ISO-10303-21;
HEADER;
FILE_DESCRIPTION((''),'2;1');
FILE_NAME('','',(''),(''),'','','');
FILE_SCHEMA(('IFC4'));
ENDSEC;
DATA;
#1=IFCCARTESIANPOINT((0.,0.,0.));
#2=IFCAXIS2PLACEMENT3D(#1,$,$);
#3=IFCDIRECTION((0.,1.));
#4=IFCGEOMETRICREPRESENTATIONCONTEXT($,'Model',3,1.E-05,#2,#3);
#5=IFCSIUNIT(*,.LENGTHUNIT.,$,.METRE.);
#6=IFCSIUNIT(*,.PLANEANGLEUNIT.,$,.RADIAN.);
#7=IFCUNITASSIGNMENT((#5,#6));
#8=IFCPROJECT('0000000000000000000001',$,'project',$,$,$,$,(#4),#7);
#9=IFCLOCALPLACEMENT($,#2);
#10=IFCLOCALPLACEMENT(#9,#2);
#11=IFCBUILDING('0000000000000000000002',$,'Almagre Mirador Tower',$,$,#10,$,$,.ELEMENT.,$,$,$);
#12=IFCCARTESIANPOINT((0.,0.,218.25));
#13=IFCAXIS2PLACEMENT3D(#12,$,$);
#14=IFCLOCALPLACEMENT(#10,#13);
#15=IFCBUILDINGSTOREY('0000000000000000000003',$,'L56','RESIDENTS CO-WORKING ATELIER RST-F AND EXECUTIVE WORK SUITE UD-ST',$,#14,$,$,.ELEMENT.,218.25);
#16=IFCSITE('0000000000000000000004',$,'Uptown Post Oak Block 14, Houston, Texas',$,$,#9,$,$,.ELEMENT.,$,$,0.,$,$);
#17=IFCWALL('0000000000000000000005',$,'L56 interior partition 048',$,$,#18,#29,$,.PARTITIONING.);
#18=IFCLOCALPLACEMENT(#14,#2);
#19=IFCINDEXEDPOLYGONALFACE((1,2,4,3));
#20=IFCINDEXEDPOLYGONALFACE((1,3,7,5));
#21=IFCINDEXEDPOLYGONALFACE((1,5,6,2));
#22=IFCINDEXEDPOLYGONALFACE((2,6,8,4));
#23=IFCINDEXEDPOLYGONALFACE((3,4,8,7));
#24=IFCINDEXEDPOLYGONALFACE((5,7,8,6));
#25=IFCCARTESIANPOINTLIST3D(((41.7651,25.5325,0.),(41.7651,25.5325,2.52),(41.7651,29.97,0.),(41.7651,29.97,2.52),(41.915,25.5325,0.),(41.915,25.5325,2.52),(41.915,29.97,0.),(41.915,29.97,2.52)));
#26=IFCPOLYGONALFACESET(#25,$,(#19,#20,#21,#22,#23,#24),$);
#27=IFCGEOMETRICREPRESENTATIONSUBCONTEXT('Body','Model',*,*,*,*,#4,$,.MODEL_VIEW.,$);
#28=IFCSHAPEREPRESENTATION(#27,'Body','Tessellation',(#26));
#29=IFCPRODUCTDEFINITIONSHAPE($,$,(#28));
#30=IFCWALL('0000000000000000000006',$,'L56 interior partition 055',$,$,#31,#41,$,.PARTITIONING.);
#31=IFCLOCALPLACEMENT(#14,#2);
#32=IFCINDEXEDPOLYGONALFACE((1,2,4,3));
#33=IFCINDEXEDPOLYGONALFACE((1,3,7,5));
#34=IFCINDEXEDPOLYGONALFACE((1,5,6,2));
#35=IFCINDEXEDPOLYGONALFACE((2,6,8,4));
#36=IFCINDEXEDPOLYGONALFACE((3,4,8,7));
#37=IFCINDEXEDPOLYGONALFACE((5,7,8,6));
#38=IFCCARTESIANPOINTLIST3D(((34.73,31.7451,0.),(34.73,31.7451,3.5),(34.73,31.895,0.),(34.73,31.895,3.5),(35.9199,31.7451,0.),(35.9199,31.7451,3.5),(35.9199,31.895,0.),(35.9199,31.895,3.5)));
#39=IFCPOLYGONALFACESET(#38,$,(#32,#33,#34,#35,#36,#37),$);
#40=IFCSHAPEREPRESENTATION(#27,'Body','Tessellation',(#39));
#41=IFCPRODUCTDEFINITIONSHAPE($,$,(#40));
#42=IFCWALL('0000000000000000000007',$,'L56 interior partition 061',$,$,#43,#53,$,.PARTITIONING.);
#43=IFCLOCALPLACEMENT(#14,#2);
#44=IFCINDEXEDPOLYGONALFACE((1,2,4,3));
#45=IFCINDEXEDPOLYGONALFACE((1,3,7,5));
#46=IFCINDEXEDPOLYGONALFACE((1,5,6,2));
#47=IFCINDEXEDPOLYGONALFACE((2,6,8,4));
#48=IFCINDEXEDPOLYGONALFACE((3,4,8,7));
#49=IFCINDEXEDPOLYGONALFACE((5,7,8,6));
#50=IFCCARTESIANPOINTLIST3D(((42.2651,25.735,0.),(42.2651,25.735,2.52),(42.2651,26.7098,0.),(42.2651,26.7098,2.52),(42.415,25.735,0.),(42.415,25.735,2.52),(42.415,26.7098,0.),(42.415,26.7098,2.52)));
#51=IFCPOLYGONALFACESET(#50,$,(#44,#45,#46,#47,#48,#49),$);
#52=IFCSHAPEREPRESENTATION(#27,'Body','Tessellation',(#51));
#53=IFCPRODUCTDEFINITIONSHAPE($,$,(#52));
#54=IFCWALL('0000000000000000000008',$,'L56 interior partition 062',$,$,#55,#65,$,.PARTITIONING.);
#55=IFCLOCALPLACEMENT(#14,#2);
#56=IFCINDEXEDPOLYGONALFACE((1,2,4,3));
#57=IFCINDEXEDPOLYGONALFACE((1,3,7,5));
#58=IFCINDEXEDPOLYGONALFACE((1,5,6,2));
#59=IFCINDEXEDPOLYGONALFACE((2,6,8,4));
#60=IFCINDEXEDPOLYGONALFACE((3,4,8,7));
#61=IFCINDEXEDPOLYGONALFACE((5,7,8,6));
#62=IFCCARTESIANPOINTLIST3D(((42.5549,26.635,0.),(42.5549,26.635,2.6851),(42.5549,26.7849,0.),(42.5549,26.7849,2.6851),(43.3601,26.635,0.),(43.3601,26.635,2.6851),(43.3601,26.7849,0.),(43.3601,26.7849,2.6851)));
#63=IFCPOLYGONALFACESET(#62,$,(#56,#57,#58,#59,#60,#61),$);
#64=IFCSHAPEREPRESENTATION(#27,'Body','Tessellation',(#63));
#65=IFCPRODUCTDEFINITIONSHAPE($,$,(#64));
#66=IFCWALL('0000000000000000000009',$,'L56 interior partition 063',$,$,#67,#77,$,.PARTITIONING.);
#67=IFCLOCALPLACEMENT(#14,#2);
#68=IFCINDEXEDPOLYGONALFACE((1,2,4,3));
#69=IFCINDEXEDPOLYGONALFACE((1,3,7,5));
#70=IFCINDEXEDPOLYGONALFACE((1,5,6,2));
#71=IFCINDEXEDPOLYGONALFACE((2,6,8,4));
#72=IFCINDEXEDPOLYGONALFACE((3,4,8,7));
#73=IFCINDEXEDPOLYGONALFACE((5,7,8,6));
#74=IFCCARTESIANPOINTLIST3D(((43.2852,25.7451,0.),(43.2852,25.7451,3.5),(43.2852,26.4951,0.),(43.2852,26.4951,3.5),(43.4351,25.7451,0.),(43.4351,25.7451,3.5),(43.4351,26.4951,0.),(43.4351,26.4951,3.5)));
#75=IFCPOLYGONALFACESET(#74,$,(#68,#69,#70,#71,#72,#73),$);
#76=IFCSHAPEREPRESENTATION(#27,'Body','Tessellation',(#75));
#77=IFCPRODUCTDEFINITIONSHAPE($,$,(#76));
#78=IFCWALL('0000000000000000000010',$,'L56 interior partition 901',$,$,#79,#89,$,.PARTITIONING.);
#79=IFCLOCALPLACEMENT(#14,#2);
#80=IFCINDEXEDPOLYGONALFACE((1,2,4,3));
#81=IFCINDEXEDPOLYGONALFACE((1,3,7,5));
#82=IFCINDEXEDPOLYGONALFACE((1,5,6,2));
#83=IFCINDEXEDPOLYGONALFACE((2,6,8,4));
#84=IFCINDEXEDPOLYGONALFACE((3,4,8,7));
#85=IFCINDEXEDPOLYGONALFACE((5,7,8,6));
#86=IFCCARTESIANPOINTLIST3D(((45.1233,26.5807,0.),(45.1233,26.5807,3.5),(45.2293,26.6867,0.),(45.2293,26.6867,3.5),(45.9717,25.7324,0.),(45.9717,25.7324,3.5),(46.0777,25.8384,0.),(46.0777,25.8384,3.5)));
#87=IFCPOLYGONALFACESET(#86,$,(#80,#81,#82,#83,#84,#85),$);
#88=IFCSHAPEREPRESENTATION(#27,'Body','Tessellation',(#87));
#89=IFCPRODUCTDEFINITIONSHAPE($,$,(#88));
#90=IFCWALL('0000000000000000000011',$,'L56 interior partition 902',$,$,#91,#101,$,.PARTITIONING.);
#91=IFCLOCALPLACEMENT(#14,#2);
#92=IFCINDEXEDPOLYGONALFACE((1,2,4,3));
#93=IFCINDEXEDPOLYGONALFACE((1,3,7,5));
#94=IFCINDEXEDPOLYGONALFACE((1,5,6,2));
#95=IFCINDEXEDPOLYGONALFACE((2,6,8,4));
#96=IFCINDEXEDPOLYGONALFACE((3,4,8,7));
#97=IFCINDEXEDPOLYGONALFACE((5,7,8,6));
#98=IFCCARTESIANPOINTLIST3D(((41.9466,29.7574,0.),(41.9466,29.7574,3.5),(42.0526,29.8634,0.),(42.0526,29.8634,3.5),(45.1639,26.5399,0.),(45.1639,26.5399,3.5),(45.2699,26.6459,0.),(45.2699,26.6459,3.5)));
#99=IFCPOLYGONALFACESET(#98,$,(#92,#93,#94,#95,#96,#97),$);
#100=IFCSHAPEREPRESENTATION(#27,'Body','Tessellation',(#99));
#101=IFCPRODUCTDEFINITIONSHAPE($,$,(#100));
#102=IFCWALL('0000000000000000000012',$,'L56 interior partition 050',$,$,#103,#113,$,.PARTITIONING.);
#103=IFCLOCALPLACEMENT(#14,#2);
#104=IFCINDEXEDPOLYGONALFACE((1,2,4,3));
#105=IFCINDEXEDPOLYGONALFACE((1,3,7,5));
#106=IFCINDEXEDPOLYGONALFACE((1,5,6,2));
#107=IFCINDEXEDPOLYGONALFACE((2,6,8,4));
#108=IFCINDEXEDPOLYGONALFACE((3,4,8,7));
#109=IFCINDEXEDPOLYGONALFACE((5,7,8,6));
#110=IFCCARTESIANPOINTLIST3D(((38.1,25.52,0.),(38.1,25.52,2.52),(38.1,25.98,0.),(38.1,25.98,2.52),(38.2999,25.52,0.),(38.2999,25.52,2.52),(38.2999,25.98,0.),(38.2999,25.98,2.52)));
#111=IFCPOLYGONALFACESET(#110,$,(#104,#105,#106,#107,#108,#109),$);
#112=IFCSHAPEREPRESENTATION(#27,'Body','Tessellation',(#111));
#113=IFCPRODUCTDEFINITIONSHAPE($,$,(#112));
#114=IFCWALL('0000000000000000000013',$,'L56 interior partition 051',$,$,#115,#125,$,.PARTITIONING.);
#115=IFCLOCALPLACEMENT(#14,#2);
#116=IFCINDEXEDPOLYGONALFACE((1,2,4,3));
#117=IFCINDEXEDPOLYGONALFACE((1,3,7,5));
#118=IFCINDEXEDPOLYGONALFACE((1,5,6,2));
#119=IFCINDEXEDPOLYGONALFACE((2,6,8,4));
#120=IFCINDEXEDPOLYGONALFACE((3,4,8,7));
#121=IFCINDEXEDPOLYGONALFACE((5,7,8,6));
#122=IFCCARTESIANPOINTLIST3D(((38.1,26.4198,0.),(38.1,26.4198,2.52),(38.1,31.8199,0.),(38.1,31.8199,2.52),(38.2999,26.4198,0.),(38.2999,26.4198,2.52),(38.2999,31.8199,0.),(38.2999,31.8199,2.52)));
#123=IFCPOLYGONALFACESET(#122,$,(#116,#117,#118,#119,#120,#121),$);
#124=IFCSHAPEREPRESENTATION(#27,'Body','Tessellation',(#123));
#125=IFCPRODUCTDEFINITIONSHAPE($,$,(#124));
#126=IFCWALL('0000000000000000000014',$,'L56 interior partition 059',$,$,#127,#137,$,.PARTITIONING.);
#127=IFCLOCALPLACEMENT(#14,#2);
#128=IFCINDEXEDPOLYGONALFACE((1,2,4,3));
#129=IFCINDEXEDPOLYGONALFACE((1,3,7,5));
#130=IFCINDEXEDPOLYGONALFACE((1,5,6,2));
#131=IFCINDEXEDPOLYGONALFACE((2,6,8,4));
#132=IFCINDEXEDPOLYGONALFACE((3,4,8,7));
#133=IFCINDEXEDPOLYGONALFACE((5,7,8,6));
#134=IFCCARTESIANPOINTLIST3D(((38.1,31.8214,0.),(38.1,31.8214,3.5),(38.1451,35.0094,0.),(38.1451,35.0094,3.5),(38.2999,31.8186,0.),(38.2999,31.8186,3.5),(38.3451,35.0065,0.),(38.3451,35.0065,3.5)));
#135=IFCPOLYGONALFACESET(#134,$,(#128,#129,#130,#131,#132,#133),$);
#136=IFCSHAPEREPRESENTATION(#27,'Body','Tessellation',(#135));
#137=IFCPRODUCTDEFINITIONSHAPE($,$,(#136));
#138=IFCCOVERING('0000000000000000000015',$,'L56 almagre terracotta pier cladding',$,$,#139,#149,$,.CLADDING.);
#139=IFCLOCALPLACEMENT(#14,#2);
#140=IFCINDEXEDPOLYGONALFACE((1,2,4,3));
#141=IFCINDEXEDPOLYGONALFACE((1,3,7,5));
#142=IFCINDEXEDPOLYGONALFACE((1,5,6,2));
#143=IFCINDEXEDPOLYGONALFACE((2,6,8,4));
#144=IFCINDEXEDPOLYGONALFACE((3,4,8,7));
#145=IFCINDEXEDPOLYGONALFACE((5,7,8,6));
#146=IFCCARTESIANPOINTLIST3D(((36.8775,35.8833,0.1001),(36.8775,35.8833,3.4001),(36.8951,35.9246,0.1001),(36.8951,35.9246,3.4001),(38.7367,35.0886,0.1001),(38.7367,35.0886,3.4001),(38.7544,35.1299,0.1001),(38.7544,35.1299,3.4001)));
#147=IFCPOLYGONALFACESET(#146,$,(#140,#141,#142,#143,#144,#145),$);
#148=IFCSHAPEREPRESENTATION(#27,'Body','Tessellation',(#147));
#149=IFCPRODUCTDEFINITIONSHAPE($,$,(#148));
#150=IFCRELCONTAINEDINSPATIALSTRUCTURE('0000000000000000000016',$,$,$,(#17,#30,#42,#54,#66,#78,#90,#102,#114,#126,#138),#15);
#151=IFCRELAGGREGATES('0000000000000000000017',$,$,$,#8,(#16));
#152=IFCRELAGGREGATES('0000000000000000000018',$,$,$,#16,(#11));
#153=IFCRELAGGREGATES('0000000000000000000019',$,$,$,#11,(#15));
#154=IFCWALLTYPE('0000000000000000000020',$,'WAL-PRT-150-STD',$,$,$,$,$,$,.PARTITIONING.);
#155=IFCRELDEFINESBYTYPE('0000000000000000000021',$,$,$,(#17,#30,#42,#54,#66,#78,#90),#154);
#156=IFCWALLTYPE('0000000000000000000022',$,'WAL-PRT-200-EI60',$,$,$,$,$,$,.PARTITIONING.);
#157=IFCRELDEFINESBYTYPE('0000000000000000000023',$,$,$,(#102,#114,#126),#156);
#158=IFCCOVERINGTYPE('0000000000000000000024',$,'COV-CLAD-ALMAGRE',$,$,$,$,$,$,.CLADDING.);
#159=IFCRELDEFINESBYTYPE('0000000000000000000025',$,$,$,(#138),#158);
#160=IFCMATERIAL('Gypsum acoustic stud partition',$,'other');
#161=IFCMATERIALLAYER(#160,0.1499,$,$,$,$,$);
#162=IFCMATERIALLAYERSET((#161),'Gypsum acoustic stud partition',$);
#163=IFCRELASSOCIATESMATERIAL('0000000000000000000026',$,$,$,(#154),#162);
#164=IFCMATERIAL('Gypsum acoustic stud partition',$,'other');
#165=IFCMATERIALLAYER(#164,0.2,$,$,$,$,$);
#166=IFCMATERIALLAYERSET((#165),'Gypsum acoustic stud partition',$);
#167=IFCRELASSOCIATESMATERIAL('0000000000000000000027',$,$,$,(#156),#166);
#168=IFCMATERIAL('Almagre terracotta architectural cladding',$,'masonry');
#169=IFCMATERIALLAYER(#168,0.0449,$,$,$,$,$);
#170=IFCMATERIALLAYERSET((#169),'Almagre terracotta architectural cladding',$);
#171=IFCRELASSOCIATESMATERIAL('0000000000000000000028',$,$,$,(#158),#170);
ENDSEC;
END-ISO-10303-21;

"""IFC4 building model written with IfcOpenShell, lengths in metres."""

from ifc_helpers import new_model, si_unit, direction, frame, frame_2d, origin, origin_2d, place, context, subcontext, project, spatial, rectangle, extrude, material, layer, layer_set, type_object, element, save


model = new_model("IFC4")

# Units and contexts
model_context = context("Model", 3, precision=1e-05, world=origin(), true_north=direction((0.0, 1.0)))
body_context = subcontext(model_context, "Body", "Model", "MODEL_VIEW")
ifc_project = project(units=[si_unit("LENGTHUNIT", "METRE"), si_unit("PLANEANGLEUNIT", "RADIAN")], contexts=[model_context])

# Site, building, storey
site_placement = place(None, origin())
site = spatial("IfcSite", under=ifc_project, at=site_placement, Name="Uptown Post Oak Block 14, Houston, Texas", CompositionType="ELEMENT", RefElevation=0.0)
building_placement = place(site_placement, origin())
building = spatial("IfcBuilding", under=site, at=building_placement, Name="Almagre Mirador Tower", CompositionType="ELEMENT")
storey_placement = place(building_placement, frame((0.0, 0.0, 218.25)))
storey = spatial("IfcBuildingStorey", under=building, at=storey_placement, Name="L56", Description="RESIDENTS CO-WORKING ATELIER RST-F AND EXECUTIVE WORK SUITE UD-ST", CompositionType="ELEMENT", Elevation=218.25)

# Walls
ifc_material_1 = material(Name="Gypsum acoustic stud partition", Category="other")
ifc_layer_1 = layer(ifc_material_1, 0.1499)
ifc_layer_set_1 = layer_set([ifc_layer_1], Name="Gypsum acoustic stud partition")
wall_type_1 = type_object("IfcWallType", Name="WAL-PRT-150-STD", PredefinedType="PARTITIONING", material=ifc_layer_set_1)
wall_1_placement = place(storey_placement, frame((41.8401, 29.97, 0.0), z_axis=(0.0, 0.0, 1.0), x_axis=(0.0, -1.0, 0.0)))
element("IfcWall", 1, at=wall_1_placement, inside=storey, type_object=wall_type_1, Name="L56 interior partition 048", PredefinedType="PARTITIONING", context=body_context, shape_type="SweptSolid", body=[
    extrude(rectangle(XDim=4.4375, YDim=0.1499, at=frame_2d((2.2188, 0.0))), origin(), (0.0, 0.0, 1.0), 2.52),
])
wall_2_placement = place(storey_placement, frame((35.9199, 31.8201, 0.0), z_axis=(0.0, 0.0, 1.0), x_axis=(-1.0, 0.0, 0.0)))
element("IfcWall", 2, at=wall_2_placement, inside=storey, type_object=wall_type_1, Name="L56 interior partition 055", PredefinedType="PARTITIONING", context=body_context, shape_type="SweptSolid", body=[
    extrude(rectangle(XDim=1.1899, YDim=0.1499, at=frame_2d((0.595, 0.0))), origin(), (0.0, 0.0, 1.0), 3.5),
])
wall_3_placement = place(storey_placement, frame((42.3401, 25.7351, 0.0), z_axis=(0.0, 0.0, 1.0), x_axis=(0.0, 1.0, 0.0)))
element("IfcWall", 3, at=wall_3_placement, inside=storey, type_object=wall_type_1, Name="L56 interior partition 061", PredefinedType="PARTITIONING", context=body_context, shape_type="SweptSolid", body=[
    extrude(rectangle(XDim=0.9749, YDim=0.1499, at=frame_2d((0.4873, 0.0))), origin(), (0.0, 0.0, 1.0), 2.52),
])
wall_4_placement = place(storey_placement, frame((42.5549, 26.71, 0.0), z_axis=(0.0, 0.0, 1.0), x_axis=(1.0, 0.0, 0.0)))
element("IfcWall", 4, at=wall_4_placement, inside=storey, type_object=wall_type_1, Name="L56 interior partition 062", PredefinedType="PARTITIONING", context=body_context, shape_type="SweptSolid", body=[
    extrude(rectangle(XDim=0.8052, YDim=0.1499, at=frame_2d((0.4026, 0.0))), origin(), (0.0, 0.0, 1.0), 2.6851),
])
wall_5_placement = place(storey_placement, frame((43.3601, 26.4951, 0.0), z_axis=(0.0, 0.0, 1.0), x_axis=(0.0, -1.0, 0.0)))
element("IfcWall", 5, at=wall_5_placement, inside=storey, type_object=wall_type_1, Name="L56 interior partition 063", PredefinedType="PARTITIONING", context=body_context, shape_type="SweptSolid", body=[
    extrude(rectangle(XDim=0.75, YDim=0.1499, at=frame_2d((0.375, 0.0))), origin(), (0.0, 0.0, 1.0), 3.5),
])
wall_6_placement = place(storey_placement, frame((46.0247, 25.7854, 0.0), z_axis=(0.0, 0.0, 1.0), x_axis=(-0.707107, 0.707107, 0.0)))
element("IfcWall", 6, at=wall_6_placement, inside=storey, type_object=wall_type_1, Name="L56 interior partition 901", PredefinedType="PARTITIONING", context=body_context, shape_type="SweptSolid", body=[
    extrude(rectangle(XDim=1.1997, YDim=0.1499, at=frame_2d((0.5999, 0.0))), origin(), (0.0, 0.0, 1.0), 3.5),
])
wall_7_placement = place(storey_placement, frame((45.2168, 26.593, 0.0), z_axis=(0.0, 0.0, 1.0), x_axis=(-0.70708, 0.707134, 0.0)))
element("IfcWall", 7, at=wall_7_placement, inside=storey, type_object=wall_type_1, Name="L56 interior partition 902", PredefinedType="PARTITIONING", context=body_context, shape_type="SweptSolid", body=[
    extrude(rectangle(XDim=4.55, YDim=0.1499, at=frame_2d((2.2749, 0.0))), origin(), (0.0, 0.0, 1.0), 3.5),
])
ifc_material_2 = material(Name="Gypsum acoustic stud partition", Category="other")
ifc_layer_2 = layer(ifc_material_2, 0.2)
ifc_layer_set_2 = layer_set([ifc_layer_2], Name="Gypsum acoustic stud partition")
wall_type_2 = type_object("IfcWallType", Name="WAL-PRT-200-EI60", PredefinedType="PARTITIONING", material=ifc_layer_set_2)
wall_8_placement = place(storey_placement, frame((38.2, 25.98, 0.0), z_axis=(0.0, 0.0, 1.0), x_axis=(0.0, -1.0, 0.0)))
element("IfcWall", 8, at=wall_8_placement, inside=storey, type_object=wall_type_2, Name="L56 interior partition 050", PredefinedType="PARTITIONING", context=body_context, shape_type="SweptSolid", body=[
    extrude(rectangle(XDim=0.46, YDim=0.2, at=frame_2d((0.23, 0.0))), origin(), (0.0, 0.0, 1.0), 2.52),
])
wall_9_placement = place(storey_placement, frame((38.2, 31.8201, 0.0), z_axis=(0.0, 0.0, 1.0), x_axis=(0.0, -1.0, 0.0)))
element("IfcWall", 9, at=wall_9_placement, inside=storey, type_object=wall_type_2, Name="L56 interior partition 051", PredefinedType="PARTITIONING", context=body_context, shape_type="SweptSolid", body=[
    extrude(rectangle(XDim=5.4001, YDim=0.2, at=frame_2d((2.7002, 0.0))), origin(), (0.0, 0.0, 1.0), 2.52),
])
wall_10_placement = place(storey_placement, frame((38.2451, 35.0081, 0.0), z_axis=(0.0, 0.0, 1.0), x_axis=(-0.014166, -0.9999, 0.0)))
element("IfcWall", 10, at=wall_10_placement, inside=storey, type_object=wall_type_2, Name="L56 interior partition 059", PredefinedType="PARTITIONING", context=body_context, shape_type="SweptSolid", body=[
    extrude(rectangle(XDim=3.1882, YDim=0.2, at=frame_2d((1.5942, 0.0))), origin(), (0.0, 0.0, 1.0), 3.5),
])

# Covering
ifc_material_3 = material(Name="Almagre terracotta architectural cladding", Category="masonry")
ifc_layer_3 = layer(ifc_material_3, 0.0449)
ifc_layer_set_3 = layer_set([ifc_layer_3], Name="Almagre terracotta architectural cladding")
covering_type = type_object("IfcCoveringType", Name="COV-CLAD-ALMAGRE", PredefinedType="CLADDING", material=ifc_layer_set_3)
covering_placement = place(storey_placement, frame((37.8159, 35.5066, 0.1001), z_axis=(0.0, 0.0, 1.0), x_axis=(0.919534, -0.393011, 0.0)))
element("IfcCovering", 11, at=covering_placement, inside=storey, type_object=covering_type, Name="L56 almagre terracotta pier cladding", PredefinedType="CLADDING", context=body_context, shape_type="SweptSolid", body=[
    extrude(rectangle(XDim=2.022, YDim=0.0449, at=origin_2d()), origin(), (0.0, 0.0, 1.0), 3.3),
])

save(model, "model.ifc")
